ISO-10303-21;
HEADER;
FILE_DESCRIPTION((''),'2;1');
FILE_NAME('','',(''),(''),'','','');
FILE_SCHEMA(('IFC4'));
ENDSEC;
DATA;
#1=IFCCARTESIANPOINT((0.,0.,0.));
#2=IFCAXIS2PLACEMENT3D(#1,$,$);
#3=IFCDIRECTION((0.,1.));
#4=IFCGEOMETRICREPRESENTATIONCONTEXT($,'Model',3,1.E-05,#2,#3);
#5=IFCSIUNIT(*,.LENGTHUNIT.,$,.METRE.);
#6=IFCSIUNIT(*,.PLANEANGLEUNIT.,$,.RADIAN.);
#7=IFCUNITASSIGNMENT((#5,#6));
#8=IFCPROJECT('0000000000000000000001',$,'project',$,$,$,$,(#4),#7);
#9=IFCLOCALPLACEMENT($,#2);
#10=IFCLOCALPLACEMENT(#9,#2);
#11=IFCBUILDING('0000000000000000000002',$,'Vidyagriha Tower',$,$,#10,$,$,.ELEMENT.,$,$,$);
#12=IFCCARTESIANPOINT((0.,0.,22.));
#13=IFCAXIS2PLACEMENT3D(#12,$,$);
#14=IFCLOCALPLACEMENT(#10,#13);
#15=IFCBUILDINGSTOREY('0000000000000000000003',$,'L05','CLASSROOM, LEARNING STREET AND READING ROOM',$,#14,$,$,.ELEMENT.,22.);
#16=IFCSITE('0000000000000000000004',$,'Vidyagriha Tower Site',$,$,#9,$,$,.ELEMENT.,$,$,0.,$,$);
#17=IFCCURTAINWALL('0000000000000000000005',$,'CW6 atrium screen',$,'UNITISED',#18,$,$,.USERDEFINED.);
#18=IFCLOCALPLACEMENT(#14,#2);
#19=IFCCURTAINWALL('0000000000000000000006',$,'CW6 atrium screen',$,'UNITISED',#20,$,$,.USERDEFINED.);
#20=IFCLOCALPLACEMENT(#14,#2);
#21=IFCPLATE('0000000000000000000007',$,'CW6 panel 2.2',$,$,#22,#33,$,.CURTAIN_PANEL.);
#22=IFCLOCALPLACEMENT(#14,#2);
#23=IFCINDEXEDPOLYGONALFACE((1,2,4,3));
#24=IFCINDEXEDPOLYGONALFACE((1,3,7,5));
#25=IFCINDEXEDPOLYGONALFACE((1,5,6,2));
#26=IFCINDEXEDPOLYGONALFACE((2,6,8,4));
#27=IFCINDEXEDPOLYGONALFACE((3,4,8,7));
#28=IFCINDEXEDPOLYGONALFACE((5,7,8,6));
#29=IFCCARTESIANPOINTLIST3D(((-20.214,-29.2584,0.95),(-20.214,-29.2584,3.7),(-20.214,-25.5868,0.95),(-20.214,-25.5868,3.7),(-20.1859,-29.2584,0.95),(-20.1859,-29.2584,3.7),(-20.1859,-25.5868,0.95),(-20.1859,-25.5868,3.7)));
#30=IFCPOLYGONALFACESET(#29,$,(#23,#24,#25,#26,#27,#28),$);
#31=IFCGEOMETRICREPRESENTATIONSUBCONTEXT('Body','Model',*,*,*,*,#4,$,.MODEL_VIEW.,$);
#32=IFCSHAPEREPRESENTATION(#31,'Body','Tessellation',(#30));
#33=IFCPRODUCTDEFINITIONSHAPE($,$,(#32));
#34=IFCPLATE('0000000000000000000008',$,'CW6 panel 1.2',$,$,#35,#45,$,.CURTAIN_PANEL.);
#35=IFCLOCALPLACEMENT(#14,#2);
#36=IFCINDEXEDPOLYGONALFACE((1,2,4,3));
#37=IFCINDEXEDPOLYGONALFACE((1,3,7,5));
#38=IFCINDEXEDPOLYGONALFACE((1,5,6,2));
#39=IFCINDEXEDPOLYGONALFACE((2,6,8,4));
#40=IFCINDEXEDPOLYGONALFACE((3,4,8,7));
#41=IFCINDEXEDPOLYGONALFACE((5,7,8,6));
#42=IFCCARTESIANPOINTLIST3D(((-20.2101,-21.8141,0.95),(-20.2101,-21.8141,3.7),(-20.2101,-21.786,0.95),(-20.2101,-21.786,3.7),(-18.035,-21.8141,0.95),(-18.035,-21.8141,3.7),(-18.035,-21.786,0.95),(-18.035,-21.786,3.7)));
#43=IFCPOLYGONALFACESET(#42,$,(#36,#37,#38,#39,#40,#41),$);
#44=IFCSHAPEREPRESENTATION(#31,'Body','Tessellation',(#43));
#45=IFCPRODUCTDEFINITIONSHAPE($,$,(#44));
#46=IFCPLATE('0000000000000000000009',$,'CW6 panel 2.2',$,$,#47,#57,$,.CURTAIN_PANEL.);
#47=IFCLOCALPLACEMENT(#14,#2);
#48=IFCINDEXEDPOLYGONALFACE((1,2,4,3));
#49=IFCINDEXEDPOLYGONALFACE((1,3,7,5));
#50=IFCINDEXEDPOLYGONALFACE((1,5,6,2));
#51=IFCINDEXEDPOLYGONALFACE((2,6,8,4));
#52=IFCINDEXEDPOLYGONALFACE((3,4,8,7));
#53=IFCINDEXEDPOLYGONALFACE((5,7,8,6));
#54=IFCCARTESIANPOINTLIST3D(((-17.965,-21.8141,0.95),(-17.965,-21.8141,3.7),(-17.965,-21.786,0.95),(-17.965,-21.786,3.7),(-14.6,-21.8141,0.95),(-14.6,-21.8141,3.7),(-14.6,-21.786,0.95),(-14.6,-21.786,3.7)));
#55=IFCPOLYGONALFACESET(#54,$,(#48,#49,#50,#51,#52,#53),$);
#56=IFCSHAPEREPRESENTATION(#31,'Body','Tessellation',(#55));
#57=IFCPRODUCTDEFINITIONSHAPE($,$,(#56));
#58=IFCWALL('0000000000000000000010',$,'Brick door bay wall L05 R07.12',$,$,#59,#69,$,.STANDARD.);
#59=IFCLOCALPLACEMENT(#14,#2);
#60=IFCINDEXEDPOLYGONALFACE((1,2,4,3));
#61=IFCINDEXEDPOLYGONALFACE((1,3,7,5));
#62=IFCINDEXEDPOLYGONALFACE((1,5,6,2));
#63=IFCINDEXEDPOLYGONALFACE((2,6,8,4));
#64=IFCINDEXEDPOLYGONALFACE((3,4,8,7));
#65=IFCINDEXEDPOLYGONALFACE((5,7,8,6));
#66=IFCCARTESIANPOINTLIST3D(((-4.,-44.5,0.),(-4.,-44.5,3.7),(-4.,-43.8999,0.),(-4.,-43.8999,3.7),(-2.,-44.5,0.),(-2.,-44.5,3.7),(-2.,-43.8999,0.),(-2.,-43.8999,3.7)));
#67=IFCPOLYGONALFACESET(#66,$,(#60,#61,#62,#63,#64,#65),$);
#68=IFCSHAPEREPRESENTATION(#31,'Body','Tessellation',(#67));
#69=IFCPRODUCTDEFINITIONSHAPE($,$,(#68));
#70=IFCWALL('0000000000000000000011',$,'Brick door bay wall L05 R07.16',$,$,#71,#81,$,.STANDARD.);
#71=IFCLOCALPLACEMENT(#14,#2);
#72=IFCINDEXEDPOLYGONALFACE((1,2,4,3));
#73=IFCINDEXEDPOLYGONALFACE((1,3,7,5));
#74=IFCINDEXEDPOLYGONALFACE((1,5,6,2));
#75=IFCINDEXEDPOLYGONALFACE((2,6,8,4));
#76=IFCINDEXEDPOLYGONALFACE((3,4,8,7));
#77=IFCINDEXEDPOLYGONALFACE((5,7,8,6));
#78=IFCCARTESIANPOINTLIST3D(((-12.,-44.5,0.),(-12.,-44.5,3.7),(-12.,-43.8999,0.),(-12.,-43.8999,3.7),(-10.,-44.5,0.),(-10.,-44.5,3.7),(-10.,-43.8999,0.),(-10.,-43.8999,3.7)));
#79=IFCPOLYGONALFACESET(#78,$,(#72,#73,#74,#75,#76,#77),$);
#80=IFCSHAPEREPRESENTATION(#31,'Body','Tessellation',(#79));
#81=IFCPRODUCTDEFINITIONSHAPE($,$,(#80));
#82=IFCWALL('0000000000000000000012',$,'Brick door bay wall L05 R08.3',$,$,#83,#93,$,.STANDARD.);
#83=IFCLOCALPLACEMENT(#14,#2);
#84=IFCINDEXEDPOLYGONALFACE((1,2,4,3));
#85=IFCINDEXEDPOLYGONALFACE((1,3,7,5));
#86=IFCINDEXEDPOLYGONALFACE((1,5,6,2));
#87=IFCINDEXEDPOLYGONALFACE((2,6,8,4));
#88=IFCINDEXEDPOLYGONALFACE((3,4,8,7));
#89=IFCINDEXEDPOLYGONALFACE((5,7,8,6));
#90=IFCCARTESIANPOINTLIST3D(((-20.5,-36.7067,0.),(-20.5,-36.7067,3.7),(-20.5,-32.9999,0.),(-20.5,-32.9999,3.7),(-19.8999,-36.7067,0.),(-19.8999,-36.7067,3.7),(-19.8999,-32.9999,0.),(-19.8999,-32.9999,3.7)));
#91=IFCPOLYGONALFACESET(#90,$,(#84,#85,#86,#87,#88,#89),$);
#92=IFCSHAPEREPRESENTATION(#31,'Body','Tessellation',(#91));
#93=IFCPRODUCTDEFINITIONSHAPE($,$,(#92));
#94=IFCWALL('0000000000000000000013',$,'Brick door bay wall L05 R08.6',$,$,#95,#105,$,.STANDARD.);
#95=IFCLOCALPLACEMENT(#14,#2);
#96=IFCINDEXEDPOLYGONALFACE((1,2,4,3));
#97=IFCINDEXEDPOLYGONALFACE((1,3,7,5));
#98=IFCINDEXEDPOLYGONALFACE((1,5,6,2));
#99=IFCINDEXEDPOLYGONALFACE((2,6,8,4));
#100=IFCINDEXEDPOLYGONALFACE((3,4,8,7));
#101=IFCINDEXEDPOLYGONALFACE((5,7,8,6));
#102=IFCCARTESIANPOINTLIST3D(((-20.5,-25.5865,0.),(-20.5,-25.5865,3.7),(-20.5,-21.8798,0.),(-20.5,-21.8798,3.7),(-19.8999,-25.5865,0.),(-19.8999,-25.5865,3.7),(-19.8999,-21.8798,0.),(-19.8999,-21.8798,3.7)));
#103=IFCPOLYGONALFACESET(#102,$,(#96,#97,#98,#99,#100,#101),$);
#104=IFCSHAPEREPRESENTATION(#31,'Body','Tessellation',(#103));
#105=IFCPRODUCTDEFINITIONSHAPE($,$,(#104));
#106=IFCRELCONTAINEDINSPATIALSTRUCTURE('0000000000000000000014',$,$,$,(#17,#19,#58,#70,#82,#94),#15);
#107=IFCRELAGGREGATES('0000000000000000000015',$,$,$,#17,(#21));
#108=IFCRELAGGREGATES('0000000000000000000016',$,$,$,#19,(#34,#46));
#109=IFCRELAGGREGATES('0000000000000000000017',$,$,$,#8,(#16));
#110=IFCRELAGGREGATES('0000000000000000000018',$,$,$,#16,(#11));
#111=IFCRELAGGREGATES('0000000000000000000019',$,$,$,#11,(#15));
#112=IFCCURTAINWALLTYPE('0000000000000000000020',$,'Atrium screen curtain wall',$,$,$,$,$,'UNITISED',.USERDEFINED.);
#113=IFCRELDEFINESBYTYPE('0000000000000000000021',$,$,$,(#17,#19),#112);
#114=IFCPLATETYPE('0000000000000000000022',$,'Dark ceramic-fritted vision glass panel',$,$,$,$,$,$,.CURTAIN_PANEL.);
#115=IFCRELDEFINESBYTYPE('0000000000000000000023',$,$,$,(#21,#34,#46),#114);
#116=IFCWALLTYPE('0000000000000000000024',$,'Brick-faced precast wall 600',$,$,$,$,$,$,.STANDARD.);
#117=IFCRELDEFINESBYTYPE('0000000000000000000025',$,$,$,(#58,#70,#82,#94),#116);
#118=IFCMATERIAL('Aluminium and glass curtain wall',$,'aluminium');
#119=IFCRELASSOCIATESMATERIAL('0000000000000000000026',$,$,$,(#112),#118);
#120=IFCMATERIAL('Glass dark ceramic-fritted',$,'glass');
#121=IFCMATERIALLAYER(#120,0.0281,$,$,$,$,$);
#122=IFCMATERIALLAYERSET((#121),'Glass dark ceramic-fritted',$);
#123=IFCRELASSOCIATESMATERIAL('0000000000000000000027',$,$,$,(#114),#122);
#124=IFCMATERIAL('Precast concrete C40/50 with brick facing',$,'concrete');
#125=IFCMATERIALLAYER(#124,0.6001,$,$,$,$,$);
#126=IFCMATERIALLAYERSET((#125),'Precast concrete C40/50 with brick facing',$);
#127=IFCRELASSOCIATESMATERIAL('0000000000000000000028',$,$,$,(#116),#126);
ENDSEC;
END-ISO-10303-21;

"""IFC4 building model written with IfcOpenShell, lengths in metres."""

from ifc_helpers import new_model, si_unit, direction, frame, frame_2d, origin, origin_2d, place, context, subcontext, project, spatial, rectangle, extrude, material, layer, layer_set, type_object, element, aggregate, save


model = new_model("IFC4")

# Units and contexts
model_context = context("Model", 3, precision=1e-05, world=origin(), true_north=direction((0.0, 1.0)))
body_context = subcontext(model_context, "Body", "Model", "MODEL_VIEW")
ifc_project = project(units=[si_unit("LENGTHUNIT", "METRE"), si_unit("PLANEANGLEUNIT", "RADIAN")], contexts=[model_context])

# Site, building, storey
site_placement = place(None, origin())
site = spatial("IfcSite", under=ifc_project, at=site_placement, Name="Vidyagriha Tower Site", CompositionType="ELEMENT", RefElevation=0.0)
building_placement = place(site_placement, origin())
building = spatial("IfcBuilding", under=site, at=building_placement, Name="Vidyagriha Tower", CompositionType="ELEMENT")
storey_placement = place(building_placement, frame((0.0, 0.0, 22.0)))
storey = spatial("IfcBuildingStorey", under=building, at=storey_placement, Name="L05", Description="CLASSROOM, LEARNING STREET AND READING ROOM", CompositionType="ELEMENT", Elevation=22.0)

# Curtain wall
ifc_material_1 = material(Name="Aluminium and glass curtain wall", Category="aluminium")
curtain_wall_type = type_object("IfcCurtainWallType", Name="Atrium screen curtain wall", ElementType="UNITISED", PredefinedType="USERDEFINED", material=ifc_material_1)
curtain_wall_1_placement = place(storey_placement, origin())
curtain_wall_1 = element("IfcCurtainWall", 1, at=curtain_wall_1_placement, inside=storey, type_object=curtain_wall_type, Name="CW6 atrium screen", ObjectType="UNITISED", PredefinedType="USERDEFINED")

# Curtain wall
curtain_wall_2_placement = place(storey_placement, origin())
curtain_wall_2 = element("IfcCurtainWall", 2, at=curtain_wall_2_placement, inside=storey, type_object=curtain_wall_type, Name="CW6 atrium screen", ObjectType="UNITISED", PredefinedType="USERDEFINED")

# Plates
ifc_material_2 = material(Name="Glass dark ceramic-fritted", Category="glass")
ifc_layer_1 = layer(ifc_material_2, 0.0281)
ifc_layer_set_1 = layer_set([ifc_layer_1], Name="Glass dark ceramic-fritted")
plate_type_1 = type_object("IfcPlateType", Name="Dark ceramic-fritted vision glass panel", PredefinedType="CURTAIN_PANEL", material=ifc_layer_set_1)
plate_1_placement = place(storey_placement, frame((-20.2, -27.4226, 0.95), z_axis=(0.0, 0.0, 1.0), x_axis=(0.0, 1.0, 0.0)))
plate_1 = element("IfcPlate", 3, at=plate_1_placement, type_object=plate_type_1, Name="CW6 panel 2.2", PredefinedType="CURTAIN_PANEL", context=body_context, shape_type="SweptSolid", body=[
    extrude(rectangle(XDim=3.6716, YDim=0.0281, at=origin_2d()), origin(), (0.0, 0.0, 1.0), 2.75),
])
aggregate(curtain_wall_1, [plate_1])
plate_2_placement = place(storey_placement, frame((-19.1226, -21.8, 0.95)))
plate_2 = element("IfcPlate", 4, at=plate_2_placement, type_object=plate_type_1, Name="CW6 panel 1.2", PredefinedType="CURTAIN_PANEL", context=body_context, shape_type="SweptSolid", body=[
    extrude(rectangle(XDim=2.175, YDim=0.0281, at=origin_2d()), origin(), (0.0, 0.0, 1.0), 2.75),
])
plate_3_placement = place(storey_placement, frame((-16.2825, -21.8, 0.95)))
plate_3 = element("IfcPlate", 5, at=plate_3_placement, type_object=plate_type_1, Name="CW6 panel 2.2", PredefinedType="CURTAIN_PANEL", context=body_context, shape_type="SweptSolid", body=[
    extrude(rectangle(XDim=3.365, YDim=0.0281, at=origin_2d()), origin(), (0.0, 0.0, 1.0), 2.75),
])
aggregate(curtain_wall_2, [plate_2, plate_3])

# Walls
ifc_material_3 = material(Name="Precast concrete C40/50 with brick facing", Category="concrete")
ifc_layer_2 = layer(ifc_material_3, 0.6001)
ifc_layer_set_2 = layer_set([ifc_layer_2], Name="Precast concrete C40/50 with brick facing")
wall_type = type_object("IfcWallType", Name="Brick-faced precast wall 600", PredefinedType="STANDARD", material=ifc_layer_set_2)
for number, where, z_axis, x_axis, name in (
    (6, (-2.0, -44.2, 0.0), (0.0, 0.0, 1.0), (-1.0, 0.0, 0.0), "Brick door bay wall L05 R07.12"),
    (7, (-10.0, -44.2, 0.0), (0.0, 0.0, 1.0), (-1.0, 0.0, 0.0), "Brick door bay wall L05 R07.16"),
):
    element("IfcWall", number, at=place(storey_placement, frame(where, z_axis=z_axis, x_axis=x_axis)), inside=storey, type_object=wall_type, Name=name, PredefinedType="STANDARD", context=body_context, shape_type="SweptSolid", body=[
        extrude(rectangle(XDim=2.0, YDim=0.6001, at=frame_2d((1.0, 0.0))), origin(), (0.0, 0.0, 1.0), 3.7),
    ])
for number, where, z_axis, x_axis, name in (
    (8, (-20.2, -36.7068, 0.0), (0.0, 0.0, 1.0), (0.0, 1.0, 0.0), "Brick door bay wall L05 R08.3"),
    (9, (-20.2, -25.5867, 0.0), (0.0, 0.0, 1.0), (0.0, 1.0, 0.0), "Brick door bay wall L05 R08.6"),
):
    element("IfcWall", number, at=place(storey_placement, frame(where, z_axis=z_axis, x_axis=x_axis)), inside=storey, type_object=wall_type, Name=name, PredefinedType="STANDARD", context=body_context, shape_type="SweptSolid", body=[
        extrude(rectangle(XDim=3.7068, YDim=0.6001, at=frame_2d((1.8535, 0.0))), origin(), (0.0, 0.0, 1.0), 3.7),
    ])

save(model, "model.ifc")
